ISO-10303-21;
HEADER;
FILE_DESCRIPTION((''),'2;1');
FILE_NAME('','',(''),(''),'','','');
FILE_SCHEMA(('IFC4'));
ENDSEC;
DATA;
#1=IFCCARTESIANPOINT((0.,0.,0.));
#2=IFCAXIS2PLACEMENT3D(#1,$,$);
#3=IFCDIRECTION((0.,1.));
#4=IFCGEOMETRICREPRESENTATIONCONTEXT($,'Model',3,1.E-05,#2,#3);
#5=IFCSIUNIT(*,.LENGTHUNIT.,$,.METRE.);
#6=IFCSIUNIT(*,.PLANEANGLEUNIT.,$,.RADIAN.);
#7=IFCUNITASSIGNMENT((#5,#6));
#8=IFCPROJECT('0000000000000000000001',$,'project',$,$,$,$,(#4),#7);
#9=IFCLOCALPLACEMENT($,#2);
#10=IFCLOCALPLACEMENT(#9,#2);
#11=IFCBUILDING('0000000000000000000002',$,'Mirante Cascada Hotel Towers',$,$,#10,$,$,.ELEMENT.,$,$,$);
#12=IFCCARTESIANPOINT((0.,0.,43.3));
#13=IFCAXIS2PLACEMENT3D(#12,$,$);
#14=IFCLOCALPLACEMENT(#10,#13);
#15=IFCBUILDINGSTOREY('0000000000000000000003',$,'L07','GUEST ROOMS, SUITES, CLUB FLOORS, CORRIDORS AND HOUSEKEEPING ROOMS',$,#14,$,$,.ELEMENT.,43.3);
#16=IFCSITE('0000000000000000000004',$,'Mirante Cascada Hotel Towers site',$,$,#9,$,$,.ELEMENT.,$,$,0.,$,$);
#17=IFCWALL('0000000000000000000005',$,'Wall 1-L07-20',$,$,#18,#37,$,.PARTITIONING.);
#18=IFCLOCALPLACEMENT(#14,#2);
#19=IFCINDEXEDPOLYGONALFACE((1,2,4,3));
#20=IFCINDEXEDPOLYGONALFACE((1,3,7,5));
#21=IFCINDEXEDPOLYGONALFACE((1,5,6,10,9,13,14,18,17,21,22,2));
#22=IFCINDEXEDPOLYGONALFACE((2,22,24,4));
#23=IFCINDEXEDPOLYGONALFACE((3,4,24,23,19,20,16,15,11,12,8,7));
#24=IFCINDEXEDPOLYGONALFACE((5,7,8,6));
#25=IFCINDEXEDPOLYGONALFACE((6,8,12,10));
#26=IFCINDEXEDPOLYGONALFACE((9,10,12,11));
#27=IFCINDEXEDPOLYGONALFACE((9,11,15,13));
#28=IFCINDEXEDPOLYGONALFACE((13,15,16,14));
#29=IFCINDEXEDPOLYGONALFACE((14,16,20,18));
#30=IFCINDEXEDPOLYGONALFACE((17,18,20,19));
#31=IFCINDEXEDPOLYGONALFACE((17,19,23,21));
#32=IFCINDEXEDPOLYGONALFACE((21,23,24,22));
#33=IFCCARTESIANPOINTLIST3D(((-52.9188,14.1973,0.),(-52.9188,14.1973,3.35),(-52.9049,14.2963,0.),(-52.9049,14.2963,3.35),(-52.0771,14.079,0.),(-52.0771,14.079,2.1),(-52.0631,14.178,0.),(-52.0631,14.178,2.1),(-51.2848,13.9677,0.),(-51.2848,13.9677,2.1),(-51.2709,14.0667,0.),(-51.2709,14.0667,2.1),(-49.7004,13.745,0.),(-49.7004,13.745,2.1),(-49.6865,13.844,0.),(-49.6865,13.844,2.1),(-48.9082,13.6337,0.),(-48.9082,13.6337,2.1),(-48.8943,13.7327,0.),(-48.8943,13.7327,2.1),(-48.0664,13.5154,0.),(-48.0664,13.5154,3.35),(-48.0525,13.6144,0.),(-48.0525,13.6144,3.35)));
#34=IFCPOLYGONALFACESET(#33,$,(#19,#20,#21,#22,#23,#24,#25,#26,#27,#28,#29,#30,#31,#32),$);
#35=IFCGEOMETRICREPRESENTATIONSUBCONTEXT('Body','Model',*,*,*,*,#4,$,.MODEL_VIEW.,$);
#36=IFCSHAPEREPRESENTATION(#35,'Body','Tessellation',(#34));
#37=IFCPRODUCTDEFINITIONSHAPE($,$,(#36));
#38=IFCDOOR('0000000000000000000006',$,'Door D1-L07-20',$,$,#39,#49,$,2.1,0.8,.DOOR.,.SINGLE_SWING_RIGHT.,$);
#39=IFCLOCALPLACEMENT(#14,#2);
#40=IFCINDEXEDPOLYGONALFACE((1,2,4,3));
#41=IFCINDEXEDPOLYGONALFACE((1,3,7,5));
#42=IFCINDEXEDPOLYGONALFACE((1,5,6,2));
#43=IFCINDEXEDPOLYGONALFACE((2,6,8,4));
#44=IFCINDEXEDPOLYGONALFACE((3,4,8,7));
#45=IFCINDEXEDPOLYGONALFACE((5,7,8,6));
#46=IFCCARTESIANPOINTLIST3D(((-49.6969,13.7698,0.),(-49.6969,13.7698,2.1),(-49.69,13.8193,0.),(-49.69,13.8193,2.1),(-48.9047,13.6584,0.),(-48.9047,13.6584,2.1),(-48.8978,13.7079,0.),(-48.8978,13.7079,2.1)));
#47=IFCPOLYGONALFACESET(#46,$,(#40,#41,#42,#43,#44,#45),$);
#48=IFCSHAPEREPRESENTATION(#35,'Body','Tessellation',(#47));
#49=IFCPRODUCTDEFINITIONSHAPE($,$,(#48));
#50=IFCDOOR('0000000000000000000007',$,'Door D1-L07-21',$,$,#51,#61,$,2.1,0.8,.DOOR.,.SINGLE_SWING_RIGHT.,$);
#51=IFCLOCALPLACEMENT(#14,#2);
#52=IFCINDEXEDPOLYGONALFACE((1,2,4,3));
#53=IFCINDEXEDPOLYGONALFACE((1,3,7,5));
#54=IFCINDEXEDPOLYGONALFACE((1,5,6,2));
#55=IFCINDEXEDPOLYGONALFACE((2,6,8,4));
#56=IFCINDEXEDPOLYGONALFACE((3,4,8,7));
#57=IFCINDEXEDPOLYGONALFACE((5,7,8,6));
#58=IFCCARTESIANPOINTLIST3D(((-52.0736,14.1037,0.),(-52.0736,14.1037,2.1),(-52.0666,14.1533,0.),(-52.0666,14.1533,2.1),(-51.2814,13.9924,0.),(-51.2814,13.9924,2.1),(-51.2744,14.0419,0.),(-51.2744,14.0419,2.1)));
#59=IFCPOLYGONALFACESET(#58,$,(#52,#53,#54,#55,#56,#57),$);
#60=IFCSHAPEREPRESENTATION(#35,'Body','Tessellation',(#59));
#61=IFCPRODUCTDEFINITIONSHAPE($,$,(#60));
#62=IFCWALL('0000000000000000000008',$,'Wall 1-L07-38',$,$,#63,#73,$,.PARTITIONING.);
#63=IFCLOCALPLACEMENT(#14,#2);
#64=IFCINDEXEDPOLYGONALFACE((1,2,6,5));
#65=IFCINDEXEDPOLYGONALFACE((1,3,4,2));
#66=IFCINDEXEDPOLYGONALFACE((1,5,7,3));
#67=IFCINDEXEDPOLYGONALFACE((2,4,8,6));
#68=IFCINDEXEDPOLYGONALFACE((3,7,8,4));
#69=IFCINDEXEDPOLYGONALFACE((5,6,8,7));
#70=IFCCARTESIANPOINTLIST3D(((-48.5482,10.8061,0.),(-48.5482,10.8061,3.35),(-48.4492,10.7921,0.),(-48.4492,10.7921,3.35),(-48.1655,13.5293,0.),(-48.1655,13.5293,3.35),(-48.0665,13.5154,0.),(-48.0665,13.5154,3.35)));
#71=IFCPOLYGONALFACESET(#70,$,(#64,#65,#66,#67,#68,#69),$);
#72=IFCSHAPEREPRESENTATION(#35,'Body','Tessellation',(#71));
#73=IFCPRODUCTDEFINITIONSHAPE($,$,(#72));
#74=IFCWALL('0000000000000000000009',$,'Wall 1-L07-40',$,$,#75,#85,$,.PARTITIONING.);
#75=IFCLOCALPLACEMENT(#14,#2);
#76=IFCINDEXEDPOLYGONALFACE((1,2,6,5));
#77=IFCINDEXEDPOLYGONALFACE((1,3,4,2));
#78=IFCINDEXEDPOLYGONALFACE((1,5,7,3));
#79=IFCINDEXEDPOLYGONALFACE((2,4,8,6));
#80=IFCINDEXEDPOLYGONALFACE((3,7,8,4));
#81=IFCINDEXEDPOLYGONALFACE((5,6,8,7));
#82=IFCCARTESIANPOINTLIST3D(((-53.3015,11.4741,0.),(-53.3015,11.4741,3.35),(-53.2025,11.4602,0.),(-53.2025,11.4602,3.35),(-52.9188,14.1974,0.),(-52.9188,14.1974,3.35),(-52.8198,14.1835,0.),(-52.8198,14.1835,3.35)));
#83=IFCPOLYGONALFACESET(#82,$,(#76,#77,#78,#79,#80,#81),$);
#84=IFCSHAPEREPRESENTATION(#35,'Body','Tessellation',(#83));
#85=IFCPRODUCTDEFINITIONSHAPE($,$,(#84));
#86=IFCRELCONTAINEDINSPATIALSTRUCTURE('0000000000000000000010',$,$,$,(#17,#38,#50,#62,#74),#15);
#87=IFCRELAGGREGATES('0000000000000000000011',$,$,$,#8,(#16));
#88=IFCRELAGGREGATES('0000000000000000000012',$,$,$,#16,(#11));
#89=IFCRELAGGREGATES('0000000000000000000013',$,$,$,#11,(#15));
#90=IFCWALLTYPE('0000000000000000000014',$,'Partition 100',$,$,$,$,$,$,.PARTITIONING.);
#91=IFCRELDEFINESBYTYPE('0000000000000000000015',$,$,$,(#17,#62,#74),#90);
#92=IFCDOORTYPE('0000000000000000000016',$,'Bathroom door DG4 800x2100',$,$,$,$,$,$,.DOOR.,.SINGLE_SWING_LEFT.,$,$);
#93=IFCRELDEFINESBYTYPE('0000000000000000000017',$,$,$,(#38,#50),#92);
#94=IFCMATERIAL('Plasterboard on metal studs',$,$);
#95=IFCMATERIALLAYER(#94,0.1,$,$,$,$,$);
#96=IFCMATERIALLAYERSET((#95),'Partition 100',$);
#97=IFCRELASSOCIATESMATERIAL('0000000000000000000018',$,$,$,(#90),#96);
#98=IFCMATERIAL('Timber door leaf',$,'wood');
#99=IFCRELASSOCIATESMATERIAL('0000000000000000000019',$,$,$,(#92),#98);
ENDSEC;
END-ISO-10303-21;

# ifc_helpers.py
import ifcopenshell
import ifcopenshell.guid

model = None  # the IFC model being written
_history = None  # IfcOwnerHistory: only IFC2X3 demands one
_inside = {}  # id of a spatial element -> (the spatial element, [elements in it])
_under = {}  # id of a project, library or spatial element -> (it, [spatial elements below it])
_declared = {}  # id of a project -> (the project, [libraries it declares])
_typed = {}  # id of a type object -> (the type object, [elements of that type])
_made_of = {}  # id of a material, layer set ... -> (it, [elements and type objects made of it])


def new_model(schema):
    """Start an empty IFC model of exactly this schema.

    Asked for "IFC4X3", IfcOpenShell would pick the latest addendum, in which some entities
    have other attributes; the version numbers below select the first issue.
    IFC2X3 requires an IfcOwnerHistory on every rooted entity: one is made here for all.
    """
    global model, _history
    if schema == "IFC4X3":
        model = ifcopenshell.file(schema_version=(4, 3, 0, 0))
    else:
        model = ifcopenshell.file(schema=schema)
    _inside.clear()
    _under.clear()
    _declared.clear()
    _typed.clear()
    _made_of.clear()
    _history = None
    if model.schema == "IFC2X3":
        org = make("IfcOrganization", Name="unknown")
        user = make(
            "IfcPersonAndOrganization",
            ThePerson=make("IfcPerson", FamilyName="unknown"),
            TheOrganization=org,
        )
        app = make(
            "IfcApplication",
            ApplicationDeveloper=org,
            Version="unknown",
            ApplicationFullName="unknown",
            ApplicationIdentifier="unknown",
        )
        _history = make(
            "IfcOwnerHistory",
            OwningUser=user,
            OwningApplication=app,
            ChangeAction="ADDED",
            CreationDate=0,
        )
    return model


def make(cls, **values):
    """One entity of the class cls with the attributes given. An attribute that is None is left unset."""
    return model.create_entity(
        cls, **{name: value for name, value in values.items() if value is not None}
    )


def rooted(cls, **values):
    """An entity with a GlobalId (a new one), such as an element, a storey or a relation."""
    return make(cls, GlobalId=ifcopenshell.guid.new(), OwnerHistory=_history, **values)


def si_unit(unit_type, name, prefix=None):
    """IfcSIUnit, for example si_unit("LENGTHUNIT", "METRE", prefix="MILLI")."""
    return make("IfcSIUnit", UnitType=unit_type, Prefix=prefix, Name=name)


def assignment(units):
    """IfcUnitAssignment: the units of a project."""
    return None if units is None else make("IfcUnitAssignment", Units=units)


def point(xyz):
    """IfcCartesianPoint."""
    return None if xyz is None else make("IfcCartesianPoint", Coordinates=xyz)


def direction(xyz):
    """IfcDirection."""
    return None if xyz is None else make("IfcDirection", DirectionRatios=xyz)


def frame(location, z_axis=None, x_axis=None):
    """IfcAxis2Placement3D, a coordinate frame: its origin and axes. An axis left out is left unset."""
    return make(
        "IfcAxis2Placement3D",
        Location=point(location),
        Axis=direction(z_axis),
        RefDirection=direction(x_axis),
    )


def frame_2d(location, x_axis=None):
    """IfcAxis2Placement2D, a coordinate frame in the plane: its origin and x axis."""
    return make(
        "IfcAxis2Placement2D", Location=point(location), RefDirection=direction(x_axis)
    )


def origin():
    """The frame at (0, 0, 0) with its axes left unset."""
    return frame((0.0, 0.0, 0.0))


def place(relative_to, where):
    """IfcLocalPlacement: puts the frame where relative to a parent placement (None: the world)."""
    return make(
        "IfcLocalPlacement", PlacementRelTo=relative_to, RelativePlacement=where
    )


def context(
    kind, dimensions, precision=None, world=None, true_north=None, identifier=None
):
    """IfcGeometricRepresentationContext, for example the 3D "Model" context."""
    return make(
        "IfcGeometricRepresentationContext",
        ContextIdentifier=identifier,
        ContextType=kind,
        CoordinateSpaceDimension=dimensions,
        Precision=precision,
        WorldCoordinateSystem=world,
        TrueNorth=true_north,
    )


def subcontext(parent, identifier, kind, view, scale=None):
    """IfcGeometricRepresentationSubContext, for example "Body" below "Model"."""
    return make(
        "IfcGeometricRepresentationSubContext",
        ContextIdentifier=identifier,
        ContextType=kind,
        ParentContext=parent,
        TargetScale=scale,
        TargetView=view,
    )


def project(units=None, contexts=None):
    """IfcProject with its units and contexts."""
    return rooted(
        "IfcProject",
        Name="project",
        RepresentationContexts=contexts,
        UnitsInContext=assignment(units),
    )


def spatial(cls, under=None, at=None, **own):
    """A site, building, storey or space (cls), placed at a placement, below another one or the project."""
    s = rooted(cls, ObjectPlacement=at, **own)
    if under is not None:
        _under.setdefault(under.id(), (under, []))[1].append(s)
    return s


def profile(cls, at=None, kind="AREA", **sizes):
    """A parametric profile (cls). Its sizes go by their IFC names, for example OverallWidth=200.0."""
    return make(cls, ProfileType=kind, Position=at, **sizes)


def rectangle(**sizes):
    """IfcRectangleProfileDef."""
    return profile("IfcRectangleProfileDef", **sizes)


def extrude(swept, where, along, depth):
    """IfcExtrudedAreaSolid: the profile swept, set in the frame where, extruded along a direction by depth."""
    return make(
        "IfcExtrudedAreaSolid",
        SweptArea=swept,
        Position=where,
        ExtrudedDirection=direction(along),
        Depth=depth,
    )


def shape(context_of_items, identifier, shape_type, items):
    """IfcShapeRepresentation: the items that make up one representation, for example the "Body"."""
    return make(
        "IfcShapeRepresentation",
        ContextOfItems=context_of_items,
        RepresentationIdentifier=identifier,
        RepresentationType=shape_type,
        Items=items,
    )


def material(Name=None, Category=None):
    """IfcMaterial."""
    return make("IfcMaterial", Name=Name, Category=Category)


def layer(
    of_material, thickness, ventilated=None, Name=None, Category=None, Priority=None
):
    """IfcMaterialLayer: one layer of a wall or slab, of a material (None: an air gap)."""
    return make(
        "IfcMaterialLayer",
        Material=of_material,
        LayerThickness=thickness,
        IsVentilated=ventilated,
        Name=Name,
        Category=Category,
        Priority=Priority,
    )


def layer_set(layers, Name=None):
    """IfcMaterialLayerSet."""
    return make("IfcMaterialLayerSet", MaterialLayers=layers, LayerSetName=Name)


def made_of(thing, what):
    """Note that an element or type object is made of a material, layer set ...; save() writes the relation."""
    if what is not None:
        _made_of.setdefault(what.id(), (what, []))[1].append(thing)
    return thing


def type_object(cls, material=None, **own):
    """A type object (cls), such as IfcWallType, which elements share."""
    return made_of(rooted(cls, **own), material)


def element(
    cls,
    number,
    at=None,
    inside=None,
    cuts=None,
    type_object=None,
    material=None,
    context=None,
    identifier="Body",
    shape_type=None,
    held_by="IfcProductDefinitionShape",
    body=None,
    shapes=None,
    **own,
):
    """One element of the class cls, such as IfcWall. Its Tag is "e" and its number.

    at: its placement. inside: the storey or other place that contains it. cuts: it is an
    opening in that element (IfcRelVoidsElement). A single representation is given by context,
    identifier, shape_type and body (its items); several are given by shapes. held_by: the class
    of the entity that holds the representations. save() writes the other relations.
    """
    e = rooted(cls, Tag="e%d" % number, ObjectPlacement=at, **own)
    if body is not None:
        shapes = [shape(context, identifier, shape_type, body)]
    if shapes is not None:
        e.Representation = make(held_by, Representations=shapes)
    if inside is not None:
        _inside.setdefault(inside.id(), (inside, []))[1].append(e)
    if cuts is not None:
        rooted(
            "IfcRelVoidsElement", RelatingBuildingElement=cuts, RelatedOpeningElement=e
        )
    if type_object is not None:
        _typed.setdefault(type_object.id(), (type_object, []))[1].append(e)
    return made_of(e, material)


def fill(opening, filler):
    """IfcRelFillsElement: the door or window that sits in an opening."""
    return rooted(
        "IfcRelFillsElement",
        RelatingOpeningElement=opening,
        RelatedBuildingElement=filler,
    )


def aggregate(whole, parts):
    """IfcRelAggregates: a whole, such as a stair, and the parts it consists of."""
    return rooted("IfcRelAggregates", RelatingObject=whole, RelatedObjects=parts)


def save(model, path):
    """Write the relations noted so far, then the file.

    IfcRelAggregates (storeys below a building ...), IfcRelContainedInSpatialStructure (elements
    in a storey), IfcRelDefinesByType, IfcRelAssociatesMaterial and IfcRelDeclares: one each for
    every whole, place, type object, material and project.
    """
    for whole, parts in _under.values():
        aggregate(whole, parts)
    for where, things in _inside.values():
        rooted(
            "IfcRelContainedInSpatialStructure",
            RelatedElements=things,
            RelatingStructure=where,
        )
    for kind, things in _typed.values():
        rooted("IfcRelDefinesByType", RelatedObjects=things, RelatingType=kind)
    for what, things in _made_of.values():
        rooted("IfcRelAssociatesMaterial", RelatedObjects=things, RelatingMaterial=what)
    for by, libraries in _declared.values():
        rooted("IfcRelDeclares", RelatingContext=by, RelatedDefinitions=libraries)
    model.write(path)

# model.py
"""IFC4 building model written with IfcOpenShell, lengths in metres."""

from ifc_helpers import new_model, si_unit, direction, frame, frame_2d, origin, place, context, subcontext, project, spatial, rectangle, extrude, material, layer, layer_set, type_object, element, fill, save


model = new_model("IFC4")

# Units and contexts
model_context = context("Model", 3, precision=1e-05, world=origin(), true_north=direction((0.0, 1.0)))
body_context = subcontext(model_context, "Body", "Model", "MODEL_VIEW")
ifc_project = project(units=[si_unit("LENGTHUNIT", "METRE"), si_unit("PLANEANGLEUNIT", "RADIAN")], contexts=[model_context])

# Site, building, storey
site_placement = place(None, origin())
site = spatial("IfcSite", under=ifc_project, at=site_placement, Name="Mirante Cascada Hotel Towers site", CompositionType="ELEMENT", RefElevation=0.0)
building_placement = place(site_placement, origin())
building = spatial("IfcBuilding", under=site, at=building_placement, Name="Mirante Cascada Hotel Towers", CompositionType="ELEMENT")
storey_placement = place(building_placement, frame((0.0, 0.0, 43.3)))
storey = spatial("IfcBuildingStorey", under=building, at=storey_placement, Name="L07", Description="GUEST ROOMS, SUITES, CLUB FLOORS, CORRIDORS AND HOUSEKEEPING ROOMS", CompositionType="ELEMENT", Elevation=43.3)

# Shared definitions
ifc_material_1 = material(Name="Plasterboard on metal studs")
ifc_layer_1 = layer(ifc_material_1, 0.1)
ifc_layer_set_1 = layer_set([ifc_layer_1], Name="Partition 100")
wall_type_1 = type_object("IfcWallType", Name="Partition 100", PredefinedType="PARTITIONING", material=ifc_layer_set_1)
ifc_material_2 = material(Name="Timber door leaf", Category="wood")
door_type = type_object("IfcDoorType", Name="Bathroom door DG4 800x2100", OperationType="SINGLE_SWING_LEFT", PredefinedType="DOOR", material=ifc_material_2)

# Wall, openings, doors
wall_1_placement = place(storey_placement, frame((-48.0595, 13.5649, 0.0), z_axis=(0.0, 0.0, 1.0), x_axis=(-0.99027, 0.139161, 0.0)))
wall_1 = element("IfcWall", 1, at=wall_1_placement, inside=storey, type_object=wall_type_1, Name="Wall 1-L07-20", PredefinedType="PARTITIONING", context=body_context, shape_type="SweptSolid", body=[
    extrude(rectangle(XDim=4.9001, YDim=0.1, at=frame_2d((2.45, 0.0))), origin(), (0.0, 0.0, 1.0), 3.35),
])
opening_1_placement = place(wall_1_placement, frame((0.85, 0.0, 0.0)))
opening_1 = element("IfcOpeningElement", 2, at=opening_1_placement, cuts=wall_1, PredefinedType="OPENING", context=body_context, shape_type="SweptSolid", body=[
    extrude(rectangle(XDim=0.8, YDim=2.1, at=frame_2d((0.4, 1.05))), frame((0.0, 0.05, 0.0), z_axis=(0.0, -1.0, 0.0), x_axis=(1.0, 0.0, 0.0)), (0.0, 0.0, 1.0), 0.1),
])
opening_2_placement = place(wall_1_placement, frame((3.25, 0.0, 0.0)))
opening_2 = element("IfcOpeningElement", 3, at=opening_2_placement, cuts=wall_1, PredefinedType="OPENING", context=body_context, shape_type="SweptSolid", body=[
    extrude(rectangle(XDim=0.8, YDim=2.1, at=frame_2d((0.4, 1.05))), frame((0.0, 0.05, 0.0), z_axis=(0.0, -1.0, 0.0), x_axis=(1.0, 0.0, 0.0)), (0.0, 0.0, 1.0), 0.1),
])
door_1_placement = place(opening_1_placement, frame((0.8, 0.0, 0.0), z_axis=(0.0, 0.0, 1.0), x_axis=(-1.0, 0.0, 0.0)))
door_1 = element("IfcDoor", 4, at=door_1_placement, inside=storey, type_object=door_type, Name="Door D1-L07-20", OperationType="SINGLE_SWING_RIGHT", OverallHeight=2.1, OverallWidth=0.8, PredefinedType="DOOR", context=body_context, shape_type="SweptSolid", body=[
    extrude(rectangle(XDim=0.8, YDim=2.1, at=frame_2d((0.4, 1.05))), frame((0.0, 0.025, 0.0), z_axis=(0.0, -1.0, 0.0), x_axis=(1.0, 0.0, 0.0)), (0.0, 0.0, 1.0), 0.05),
])
fill(opening_1, door_1)
door_2_placement = place(opening_2_placement, frame((0.8, 0.0, 0.0), z_axis=(0.0, 0.0, 1.0), x_axis=(-1.0, 0.0, 0.0)))
door_2 = element("IfcDoor", 5, at=door_2_placement, inside=storey, type_object=door_type, Name="Door D1-L07-21", OperationType="SINGLE_SWING_RIGHT", OverallHeight=2.1, OverallWidth=0.8, PredefinedType="DOOR", context=body_context, shape_type="SweptSolid", body=[
    extrude(rectangle(XDim=0.8, YDim=2.1, at=frame_2d((0.4, 1.05))), frame((0.0, 0.025, 0.0), z_axis=(0.0, -1.0, 0.0), x_axis=(1.0, 0.0, 0.0)), (0.0, 0.0, 1.0), 0.05),
])
fill(opening_2, door_2)

# Walls
wall_2_placement = place(storey_placement, frame((-48.4987, 10.7991, 0.0), z_axis=(0.0, 0.0, 1.0), x_axis=(0.139166, 0.990269, 0.0)))
element("IfcWall", 6, at=wall_2_placement, inside=storey, type_object=wall_type_1, Name="Wall 1-L07-38", PredefinedType="PARTITIONING", context=body_context, shape_type="SweptSolid", body=[
    extrude(rectangle(XDim=2.75, YDim=0.1, at=frame_2d((1.375, 0.0))), origin(), (0.0, 0.0, 1.0), 3.35),
])
wall_3_placement = place(storey_placement, frame((-53.252, 11.4671, 0.0), z_axis=(0.0, 0.0, 1.0), x_axis=(0.139161, 0.99027, 0.0)))
element("IfcWall", 7, at=wall_3_placement, inside=storey, type_object=wall_type_1, Name="Wall 1-L07-40", PredefinedType="PARTITIONING", context=body_context, shape_type="SweptSolid", body=[
    extrude(rectangle(XDim=2.7501, YDim=0.1, at=frame_2d((1.3751, 0.0))), origin(), (0.0, 0.0, 1.0), 3.35),
])

save(model, "model.ifc")
